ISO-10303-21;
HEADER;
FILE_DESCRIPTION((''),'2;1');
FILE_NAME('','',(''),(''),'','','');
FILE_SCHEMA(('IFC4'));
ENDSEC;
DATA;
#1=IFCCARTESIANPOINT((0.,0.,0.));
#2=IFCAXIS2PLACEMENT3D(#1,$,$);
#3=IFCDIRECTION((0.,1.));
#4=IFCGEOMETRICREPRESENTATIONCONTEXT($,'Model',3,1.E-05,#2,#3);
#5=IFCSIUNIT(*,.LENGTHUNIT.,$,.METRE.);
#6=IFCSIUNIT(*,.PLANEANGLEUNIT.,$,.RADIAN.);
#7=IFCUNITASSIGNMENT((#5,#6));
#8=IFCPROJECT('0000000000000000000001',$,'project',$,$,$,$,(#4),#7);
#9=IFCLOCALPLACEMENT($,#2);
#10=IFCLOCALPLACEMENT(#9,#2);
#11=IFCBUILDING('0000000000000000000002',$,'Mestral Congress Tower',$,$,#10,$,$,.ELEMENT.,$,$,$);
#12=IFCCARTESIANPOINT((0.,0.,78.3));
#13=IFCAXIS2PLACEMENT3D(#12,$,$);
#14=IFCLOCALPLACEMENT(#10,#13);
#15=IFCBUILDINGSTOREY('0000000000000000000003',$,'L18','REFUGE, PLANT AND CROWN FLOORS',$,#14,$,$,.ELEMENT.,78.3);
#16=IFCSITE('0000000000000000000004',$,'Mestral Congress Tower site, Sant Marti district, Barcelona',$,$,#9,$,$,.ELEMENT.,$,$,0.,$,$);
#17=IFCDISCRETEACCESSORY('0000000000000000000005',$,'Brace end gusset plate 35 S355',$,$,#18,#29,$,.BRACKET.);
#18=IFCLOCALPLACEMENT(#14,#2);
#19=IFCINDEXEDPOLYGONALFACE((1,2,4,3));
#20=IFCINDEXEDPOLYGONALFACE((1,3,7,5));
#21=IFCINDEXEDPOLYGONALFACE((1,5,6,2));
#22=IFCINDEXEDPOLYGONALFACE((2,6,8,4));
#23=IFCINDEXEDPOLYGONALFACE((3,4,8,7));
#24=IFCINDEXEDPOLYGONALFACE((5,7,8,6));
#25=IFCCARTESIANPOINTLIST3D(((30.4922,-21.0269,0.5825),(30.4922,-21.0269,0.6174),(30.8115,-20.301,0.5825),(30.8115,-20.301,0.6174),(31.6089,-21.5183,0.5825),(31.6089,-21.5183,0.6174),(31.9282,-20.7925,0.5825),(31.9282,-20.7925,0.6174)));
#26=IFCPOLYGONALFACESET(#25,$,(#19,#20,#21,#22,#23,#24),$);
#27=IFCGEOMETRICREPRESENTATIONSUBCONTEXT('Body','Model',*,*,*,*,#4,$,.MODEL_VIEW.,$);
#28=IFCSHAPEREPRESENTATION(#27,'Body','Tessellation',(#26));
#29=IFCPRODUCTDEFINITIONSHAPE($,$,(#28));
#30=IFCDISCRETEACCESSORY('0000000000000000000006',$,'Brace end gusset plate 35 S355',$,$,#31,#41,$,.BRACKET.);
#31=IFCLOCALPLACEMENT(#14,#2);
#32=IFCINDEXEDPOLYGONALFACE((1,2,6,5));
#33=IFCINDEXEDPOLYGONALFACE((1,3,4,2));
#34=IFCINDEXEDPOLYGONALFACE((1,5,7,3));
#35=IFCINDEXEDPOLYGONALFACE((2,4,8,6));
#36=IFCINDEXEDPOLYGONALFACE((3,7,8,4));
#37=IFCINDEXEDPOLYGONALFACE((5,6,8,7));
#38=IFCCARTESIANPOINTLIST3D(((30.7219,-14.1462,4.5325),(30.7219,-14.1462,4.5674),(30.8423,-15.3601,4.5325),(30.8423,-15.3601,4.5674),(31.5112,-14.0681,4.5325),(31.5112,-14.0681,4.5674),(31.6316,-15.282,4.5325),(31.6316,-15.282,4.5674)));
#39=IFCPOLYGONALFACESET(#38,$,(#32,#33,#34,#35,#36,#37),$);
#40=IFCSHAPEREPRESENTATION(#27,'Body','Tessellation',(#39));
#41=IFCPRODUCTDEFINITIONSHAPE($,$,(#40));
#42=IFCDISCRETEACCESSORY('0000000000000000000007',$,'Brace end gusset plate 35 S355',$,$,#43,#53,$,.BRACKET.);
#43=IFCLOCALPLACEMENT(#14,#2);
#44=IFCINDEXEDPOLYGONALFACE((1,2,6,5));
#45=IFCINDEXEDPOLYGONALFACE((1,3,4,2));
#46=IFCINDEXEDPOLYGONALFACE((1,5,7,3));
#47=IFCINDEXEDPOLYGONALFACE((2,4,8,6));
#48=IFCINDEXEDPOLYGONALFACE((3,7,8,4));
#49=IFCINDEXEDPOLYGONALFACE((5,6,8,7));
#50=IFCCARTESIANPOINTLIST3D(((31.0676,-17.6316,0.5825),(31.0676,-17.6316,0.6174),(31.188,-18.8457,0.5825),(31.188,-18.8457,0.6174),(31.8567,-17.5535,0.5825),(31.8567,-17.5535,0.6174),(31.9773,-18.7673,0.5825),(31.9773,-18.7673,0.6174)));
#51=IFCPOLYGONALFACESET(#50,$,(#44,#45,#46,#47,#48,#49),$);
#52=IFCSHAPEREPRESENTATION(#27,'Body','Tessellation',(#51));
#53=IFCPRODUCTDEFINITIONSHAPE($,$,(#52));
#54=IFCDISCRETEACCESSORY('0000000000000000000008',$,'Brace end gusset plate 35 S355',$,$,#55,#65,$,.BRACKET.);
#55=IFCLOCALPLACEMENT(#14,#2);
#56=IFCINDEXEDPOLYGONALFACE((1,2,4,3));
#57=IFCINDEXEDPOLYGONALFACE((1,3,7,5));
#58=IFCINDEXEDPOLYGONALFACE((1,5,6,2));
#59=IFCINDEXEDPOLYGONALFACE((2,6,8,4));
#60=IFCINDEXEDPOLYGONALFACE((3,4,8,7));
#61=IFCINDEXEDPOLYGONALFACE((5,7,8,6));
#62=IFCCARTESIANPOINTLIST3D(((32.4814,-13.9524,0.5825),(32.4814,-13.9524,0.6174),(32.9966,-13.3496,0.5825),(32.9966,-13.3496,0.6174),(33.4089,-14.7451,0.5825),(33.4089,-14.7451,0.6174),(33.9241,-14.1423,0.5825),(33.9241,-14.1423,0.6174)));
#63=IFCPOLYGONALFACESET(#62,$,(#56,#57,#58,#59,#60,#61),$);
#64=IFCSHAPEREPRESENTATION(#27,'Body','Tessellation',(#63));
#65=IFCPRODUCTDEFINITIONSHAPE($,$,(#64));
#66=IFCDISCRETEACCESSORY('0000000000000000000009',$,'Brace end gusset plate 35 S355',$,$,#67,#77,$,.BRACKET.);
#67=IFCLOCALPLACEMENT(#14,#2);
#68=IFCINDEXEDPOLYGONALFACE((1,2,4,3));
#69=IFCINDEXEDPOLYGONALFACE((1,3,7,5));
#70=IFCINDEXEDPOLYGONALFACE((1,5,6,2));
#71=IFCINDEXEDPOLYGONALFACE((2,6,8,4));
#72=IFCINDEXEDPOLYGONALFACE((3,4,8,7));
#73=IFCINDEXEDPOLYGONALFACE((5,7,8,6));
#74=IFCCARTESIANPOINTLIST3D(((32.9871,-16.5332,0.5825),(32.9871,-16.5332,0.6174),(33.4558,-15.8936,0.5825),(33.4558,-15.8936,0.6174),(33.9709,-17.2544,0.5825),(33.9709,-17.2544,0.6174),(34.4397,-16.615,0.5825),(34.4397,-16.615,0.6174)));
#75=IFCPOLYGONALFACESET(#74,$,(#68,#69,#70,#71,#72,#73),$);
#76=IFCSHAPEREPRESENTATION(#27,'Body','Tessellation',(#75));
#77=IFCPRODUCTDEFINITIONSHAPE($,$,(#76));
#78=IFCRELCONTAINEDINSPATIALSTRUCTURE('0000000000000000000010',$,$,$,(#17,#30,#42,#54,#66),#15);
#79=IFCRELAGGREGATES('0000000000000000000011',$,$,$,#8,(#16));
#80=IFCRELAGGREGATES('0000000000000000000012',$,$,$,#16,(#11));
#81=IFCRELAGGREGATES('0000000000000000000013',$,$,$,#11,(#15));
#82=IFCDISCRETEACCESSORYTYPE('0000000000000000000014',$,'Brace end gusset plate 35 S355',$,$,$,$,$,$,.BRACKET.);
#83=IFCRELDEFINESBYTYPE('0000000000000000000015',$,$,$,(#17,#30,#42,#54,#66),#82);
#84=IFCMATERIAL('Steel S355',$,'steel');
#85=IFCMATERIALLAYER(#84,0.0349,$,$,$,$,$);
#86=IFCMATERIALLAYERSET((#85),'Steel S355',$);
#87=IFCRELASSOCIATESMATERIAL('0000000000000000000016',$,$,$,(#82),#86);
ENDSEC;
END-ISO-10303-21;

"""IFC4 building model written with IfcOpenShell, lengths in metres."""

from ifc_helpers import new_model, si_unit, direction, frame, origin, place, context, subcontext, project, spatial, polyline, outline, extrude, material, layer, layer_set, type_object, element, save


model = new_model("IFC4")

# Units and contexts
model_context = context("Model", 3, precision=1e-05, world=origin(), true_north=direction((0.0, 1.0)))
body_context = subcontext(model_context, "Body", "Model", "MODEL_VIEW")
ifc_project = project(units=[si_unit("LENGTHUNIT", "METRE"), si_unit("PLANEANGLEUNIT", "RADIAN")], contexts=[model_context])

# Site, building, storey
site_placement = place(None, origin())
site = spatial("IfcSite", under=ifc_project, at=site_placement, Name="Mestral Congress Tower site, Sant Marti district, Barcelona", CompositionType="ELEMENT", RefElevation=0.0)
building_placement = place(site_placement, origin())
building = spatial("IfcBuilding", under=site, at=building_placement, Name="Mestral Congress Tower", CompositionType="ELEMENT")
storey_placement = place(building_placement, frame((0.0, 0.0, 78.3)))
storey = spatial("IfcBuildingStorey", under=building, at=storey_placement, Name="L18", Description="REFUGE, PLANT AND CROWN FLOORS", CompositionType="ELEMENT", Elevation=78.3)

# Discrete accessories
ifc_material_1 = material(Name="Steel S355", Category="steel")
ifc_layer_1 = layer(ifc_material_1, 0.0349)
ifc_layer_set_1 = layer_set([ifc_layer_1], Name="Steel S355")
discrete_accessory_type = type_object("IfcDiscreteAccessoryType", Name="Brace end gusset plate 35 S355", PredefinedType="BRACKET", material=ifc_layer_set_1)
placement_1 = place(storey_placement, frame((0.0, 0.0, 4.5325)))
placement_2 = place(storey_placement, frame((0.0, 0.0, 0.5825)))
element("IfcDiscreteAccessory", 1, at=placement_2, inside=storey, type_object=discrete_accessory_type, Name="Brace end gusset plate 35 S355", PredefinedType="BRACKET", context=body_context, shape_type="SweptSolid", body=[
    extrude(outline(polyline([(31.9282, -20.7925), (30.8115, -20.301), (30.4922, -21.0269), (31.6089, -21.5183), (31.9282, -20.7925)])), origin(), (0.0, 0.0, 1.0), 0.0349),
])
element("IfcDiscreteAccessory", 2, at=placement_1, inside=storey, type_object=discrete_accessory_type, Name="Brace end gusset plate 35 S355", PredefinedType="BRACKET", context=body_context, shape_type="SweptSolid", body=[
    extrude(outline(polyline([(30.7219, -14.1462), (30.8423, -15.3601), (31.6316, -15.282), (31.5112, -14.0681), (30.7219, -14.1462)])), origin(), (0.0, 0.0, 1.0), 0.0349),
])
element("IfcDiscreteAccessory", 3, at=placement_2, inside=storey, type_object=discrete_accessory_type, Name="Brace end gusset plate 35 S355", PredefinedType="BRACKET", context=body_context, shape_type="SweptSolid", body=[
    extrude(outline(polyline([(31.9773, -18.7673), (31.8567, -17.5535), (31.0676, -17.6316), (31.188, -18.8457), (31.9773, -18.7673)])), origin(), (0.0, 0.0, 1.0), 0.0349),
])
element("IfcDiscreteAccessory", 4, at=placement_2, inside=storey, type_object=discrete_accessory_type, Name="Brace end gusset plate 35 S355", PredefinedType="BRACKET", context=body_context, shape_type="SweptSolid", body=[
    extrude(outline(polyline([(33.9241, -14.1423), (32.9966, -13.3496), (32.4814, -13.9524), (33.4089, -14.7451), (33.9241, -14.1423)])), origin(), (0.0, 0.0, 1.0), 0.0349),
])
element("IfcDiscreteAccessory", 5, at=placement_2, inside=storey, type_object=discrete_accessory_type, Name="Brace end gusset plate 35 S355", PredefinedType="BRACKET", context=body_context, shape_type="SweptSolid", body=[
    extrude(outline(polyline([(34.4397, -16.615), (33.4558, -15.8936), (32.9871, -16.5332), (33.9709, -17.2544), (34.4397, -16.615)])), origin(), (0.0, 0.0, 1.0), 0.0349),
])

save(model, "model.ifc")
